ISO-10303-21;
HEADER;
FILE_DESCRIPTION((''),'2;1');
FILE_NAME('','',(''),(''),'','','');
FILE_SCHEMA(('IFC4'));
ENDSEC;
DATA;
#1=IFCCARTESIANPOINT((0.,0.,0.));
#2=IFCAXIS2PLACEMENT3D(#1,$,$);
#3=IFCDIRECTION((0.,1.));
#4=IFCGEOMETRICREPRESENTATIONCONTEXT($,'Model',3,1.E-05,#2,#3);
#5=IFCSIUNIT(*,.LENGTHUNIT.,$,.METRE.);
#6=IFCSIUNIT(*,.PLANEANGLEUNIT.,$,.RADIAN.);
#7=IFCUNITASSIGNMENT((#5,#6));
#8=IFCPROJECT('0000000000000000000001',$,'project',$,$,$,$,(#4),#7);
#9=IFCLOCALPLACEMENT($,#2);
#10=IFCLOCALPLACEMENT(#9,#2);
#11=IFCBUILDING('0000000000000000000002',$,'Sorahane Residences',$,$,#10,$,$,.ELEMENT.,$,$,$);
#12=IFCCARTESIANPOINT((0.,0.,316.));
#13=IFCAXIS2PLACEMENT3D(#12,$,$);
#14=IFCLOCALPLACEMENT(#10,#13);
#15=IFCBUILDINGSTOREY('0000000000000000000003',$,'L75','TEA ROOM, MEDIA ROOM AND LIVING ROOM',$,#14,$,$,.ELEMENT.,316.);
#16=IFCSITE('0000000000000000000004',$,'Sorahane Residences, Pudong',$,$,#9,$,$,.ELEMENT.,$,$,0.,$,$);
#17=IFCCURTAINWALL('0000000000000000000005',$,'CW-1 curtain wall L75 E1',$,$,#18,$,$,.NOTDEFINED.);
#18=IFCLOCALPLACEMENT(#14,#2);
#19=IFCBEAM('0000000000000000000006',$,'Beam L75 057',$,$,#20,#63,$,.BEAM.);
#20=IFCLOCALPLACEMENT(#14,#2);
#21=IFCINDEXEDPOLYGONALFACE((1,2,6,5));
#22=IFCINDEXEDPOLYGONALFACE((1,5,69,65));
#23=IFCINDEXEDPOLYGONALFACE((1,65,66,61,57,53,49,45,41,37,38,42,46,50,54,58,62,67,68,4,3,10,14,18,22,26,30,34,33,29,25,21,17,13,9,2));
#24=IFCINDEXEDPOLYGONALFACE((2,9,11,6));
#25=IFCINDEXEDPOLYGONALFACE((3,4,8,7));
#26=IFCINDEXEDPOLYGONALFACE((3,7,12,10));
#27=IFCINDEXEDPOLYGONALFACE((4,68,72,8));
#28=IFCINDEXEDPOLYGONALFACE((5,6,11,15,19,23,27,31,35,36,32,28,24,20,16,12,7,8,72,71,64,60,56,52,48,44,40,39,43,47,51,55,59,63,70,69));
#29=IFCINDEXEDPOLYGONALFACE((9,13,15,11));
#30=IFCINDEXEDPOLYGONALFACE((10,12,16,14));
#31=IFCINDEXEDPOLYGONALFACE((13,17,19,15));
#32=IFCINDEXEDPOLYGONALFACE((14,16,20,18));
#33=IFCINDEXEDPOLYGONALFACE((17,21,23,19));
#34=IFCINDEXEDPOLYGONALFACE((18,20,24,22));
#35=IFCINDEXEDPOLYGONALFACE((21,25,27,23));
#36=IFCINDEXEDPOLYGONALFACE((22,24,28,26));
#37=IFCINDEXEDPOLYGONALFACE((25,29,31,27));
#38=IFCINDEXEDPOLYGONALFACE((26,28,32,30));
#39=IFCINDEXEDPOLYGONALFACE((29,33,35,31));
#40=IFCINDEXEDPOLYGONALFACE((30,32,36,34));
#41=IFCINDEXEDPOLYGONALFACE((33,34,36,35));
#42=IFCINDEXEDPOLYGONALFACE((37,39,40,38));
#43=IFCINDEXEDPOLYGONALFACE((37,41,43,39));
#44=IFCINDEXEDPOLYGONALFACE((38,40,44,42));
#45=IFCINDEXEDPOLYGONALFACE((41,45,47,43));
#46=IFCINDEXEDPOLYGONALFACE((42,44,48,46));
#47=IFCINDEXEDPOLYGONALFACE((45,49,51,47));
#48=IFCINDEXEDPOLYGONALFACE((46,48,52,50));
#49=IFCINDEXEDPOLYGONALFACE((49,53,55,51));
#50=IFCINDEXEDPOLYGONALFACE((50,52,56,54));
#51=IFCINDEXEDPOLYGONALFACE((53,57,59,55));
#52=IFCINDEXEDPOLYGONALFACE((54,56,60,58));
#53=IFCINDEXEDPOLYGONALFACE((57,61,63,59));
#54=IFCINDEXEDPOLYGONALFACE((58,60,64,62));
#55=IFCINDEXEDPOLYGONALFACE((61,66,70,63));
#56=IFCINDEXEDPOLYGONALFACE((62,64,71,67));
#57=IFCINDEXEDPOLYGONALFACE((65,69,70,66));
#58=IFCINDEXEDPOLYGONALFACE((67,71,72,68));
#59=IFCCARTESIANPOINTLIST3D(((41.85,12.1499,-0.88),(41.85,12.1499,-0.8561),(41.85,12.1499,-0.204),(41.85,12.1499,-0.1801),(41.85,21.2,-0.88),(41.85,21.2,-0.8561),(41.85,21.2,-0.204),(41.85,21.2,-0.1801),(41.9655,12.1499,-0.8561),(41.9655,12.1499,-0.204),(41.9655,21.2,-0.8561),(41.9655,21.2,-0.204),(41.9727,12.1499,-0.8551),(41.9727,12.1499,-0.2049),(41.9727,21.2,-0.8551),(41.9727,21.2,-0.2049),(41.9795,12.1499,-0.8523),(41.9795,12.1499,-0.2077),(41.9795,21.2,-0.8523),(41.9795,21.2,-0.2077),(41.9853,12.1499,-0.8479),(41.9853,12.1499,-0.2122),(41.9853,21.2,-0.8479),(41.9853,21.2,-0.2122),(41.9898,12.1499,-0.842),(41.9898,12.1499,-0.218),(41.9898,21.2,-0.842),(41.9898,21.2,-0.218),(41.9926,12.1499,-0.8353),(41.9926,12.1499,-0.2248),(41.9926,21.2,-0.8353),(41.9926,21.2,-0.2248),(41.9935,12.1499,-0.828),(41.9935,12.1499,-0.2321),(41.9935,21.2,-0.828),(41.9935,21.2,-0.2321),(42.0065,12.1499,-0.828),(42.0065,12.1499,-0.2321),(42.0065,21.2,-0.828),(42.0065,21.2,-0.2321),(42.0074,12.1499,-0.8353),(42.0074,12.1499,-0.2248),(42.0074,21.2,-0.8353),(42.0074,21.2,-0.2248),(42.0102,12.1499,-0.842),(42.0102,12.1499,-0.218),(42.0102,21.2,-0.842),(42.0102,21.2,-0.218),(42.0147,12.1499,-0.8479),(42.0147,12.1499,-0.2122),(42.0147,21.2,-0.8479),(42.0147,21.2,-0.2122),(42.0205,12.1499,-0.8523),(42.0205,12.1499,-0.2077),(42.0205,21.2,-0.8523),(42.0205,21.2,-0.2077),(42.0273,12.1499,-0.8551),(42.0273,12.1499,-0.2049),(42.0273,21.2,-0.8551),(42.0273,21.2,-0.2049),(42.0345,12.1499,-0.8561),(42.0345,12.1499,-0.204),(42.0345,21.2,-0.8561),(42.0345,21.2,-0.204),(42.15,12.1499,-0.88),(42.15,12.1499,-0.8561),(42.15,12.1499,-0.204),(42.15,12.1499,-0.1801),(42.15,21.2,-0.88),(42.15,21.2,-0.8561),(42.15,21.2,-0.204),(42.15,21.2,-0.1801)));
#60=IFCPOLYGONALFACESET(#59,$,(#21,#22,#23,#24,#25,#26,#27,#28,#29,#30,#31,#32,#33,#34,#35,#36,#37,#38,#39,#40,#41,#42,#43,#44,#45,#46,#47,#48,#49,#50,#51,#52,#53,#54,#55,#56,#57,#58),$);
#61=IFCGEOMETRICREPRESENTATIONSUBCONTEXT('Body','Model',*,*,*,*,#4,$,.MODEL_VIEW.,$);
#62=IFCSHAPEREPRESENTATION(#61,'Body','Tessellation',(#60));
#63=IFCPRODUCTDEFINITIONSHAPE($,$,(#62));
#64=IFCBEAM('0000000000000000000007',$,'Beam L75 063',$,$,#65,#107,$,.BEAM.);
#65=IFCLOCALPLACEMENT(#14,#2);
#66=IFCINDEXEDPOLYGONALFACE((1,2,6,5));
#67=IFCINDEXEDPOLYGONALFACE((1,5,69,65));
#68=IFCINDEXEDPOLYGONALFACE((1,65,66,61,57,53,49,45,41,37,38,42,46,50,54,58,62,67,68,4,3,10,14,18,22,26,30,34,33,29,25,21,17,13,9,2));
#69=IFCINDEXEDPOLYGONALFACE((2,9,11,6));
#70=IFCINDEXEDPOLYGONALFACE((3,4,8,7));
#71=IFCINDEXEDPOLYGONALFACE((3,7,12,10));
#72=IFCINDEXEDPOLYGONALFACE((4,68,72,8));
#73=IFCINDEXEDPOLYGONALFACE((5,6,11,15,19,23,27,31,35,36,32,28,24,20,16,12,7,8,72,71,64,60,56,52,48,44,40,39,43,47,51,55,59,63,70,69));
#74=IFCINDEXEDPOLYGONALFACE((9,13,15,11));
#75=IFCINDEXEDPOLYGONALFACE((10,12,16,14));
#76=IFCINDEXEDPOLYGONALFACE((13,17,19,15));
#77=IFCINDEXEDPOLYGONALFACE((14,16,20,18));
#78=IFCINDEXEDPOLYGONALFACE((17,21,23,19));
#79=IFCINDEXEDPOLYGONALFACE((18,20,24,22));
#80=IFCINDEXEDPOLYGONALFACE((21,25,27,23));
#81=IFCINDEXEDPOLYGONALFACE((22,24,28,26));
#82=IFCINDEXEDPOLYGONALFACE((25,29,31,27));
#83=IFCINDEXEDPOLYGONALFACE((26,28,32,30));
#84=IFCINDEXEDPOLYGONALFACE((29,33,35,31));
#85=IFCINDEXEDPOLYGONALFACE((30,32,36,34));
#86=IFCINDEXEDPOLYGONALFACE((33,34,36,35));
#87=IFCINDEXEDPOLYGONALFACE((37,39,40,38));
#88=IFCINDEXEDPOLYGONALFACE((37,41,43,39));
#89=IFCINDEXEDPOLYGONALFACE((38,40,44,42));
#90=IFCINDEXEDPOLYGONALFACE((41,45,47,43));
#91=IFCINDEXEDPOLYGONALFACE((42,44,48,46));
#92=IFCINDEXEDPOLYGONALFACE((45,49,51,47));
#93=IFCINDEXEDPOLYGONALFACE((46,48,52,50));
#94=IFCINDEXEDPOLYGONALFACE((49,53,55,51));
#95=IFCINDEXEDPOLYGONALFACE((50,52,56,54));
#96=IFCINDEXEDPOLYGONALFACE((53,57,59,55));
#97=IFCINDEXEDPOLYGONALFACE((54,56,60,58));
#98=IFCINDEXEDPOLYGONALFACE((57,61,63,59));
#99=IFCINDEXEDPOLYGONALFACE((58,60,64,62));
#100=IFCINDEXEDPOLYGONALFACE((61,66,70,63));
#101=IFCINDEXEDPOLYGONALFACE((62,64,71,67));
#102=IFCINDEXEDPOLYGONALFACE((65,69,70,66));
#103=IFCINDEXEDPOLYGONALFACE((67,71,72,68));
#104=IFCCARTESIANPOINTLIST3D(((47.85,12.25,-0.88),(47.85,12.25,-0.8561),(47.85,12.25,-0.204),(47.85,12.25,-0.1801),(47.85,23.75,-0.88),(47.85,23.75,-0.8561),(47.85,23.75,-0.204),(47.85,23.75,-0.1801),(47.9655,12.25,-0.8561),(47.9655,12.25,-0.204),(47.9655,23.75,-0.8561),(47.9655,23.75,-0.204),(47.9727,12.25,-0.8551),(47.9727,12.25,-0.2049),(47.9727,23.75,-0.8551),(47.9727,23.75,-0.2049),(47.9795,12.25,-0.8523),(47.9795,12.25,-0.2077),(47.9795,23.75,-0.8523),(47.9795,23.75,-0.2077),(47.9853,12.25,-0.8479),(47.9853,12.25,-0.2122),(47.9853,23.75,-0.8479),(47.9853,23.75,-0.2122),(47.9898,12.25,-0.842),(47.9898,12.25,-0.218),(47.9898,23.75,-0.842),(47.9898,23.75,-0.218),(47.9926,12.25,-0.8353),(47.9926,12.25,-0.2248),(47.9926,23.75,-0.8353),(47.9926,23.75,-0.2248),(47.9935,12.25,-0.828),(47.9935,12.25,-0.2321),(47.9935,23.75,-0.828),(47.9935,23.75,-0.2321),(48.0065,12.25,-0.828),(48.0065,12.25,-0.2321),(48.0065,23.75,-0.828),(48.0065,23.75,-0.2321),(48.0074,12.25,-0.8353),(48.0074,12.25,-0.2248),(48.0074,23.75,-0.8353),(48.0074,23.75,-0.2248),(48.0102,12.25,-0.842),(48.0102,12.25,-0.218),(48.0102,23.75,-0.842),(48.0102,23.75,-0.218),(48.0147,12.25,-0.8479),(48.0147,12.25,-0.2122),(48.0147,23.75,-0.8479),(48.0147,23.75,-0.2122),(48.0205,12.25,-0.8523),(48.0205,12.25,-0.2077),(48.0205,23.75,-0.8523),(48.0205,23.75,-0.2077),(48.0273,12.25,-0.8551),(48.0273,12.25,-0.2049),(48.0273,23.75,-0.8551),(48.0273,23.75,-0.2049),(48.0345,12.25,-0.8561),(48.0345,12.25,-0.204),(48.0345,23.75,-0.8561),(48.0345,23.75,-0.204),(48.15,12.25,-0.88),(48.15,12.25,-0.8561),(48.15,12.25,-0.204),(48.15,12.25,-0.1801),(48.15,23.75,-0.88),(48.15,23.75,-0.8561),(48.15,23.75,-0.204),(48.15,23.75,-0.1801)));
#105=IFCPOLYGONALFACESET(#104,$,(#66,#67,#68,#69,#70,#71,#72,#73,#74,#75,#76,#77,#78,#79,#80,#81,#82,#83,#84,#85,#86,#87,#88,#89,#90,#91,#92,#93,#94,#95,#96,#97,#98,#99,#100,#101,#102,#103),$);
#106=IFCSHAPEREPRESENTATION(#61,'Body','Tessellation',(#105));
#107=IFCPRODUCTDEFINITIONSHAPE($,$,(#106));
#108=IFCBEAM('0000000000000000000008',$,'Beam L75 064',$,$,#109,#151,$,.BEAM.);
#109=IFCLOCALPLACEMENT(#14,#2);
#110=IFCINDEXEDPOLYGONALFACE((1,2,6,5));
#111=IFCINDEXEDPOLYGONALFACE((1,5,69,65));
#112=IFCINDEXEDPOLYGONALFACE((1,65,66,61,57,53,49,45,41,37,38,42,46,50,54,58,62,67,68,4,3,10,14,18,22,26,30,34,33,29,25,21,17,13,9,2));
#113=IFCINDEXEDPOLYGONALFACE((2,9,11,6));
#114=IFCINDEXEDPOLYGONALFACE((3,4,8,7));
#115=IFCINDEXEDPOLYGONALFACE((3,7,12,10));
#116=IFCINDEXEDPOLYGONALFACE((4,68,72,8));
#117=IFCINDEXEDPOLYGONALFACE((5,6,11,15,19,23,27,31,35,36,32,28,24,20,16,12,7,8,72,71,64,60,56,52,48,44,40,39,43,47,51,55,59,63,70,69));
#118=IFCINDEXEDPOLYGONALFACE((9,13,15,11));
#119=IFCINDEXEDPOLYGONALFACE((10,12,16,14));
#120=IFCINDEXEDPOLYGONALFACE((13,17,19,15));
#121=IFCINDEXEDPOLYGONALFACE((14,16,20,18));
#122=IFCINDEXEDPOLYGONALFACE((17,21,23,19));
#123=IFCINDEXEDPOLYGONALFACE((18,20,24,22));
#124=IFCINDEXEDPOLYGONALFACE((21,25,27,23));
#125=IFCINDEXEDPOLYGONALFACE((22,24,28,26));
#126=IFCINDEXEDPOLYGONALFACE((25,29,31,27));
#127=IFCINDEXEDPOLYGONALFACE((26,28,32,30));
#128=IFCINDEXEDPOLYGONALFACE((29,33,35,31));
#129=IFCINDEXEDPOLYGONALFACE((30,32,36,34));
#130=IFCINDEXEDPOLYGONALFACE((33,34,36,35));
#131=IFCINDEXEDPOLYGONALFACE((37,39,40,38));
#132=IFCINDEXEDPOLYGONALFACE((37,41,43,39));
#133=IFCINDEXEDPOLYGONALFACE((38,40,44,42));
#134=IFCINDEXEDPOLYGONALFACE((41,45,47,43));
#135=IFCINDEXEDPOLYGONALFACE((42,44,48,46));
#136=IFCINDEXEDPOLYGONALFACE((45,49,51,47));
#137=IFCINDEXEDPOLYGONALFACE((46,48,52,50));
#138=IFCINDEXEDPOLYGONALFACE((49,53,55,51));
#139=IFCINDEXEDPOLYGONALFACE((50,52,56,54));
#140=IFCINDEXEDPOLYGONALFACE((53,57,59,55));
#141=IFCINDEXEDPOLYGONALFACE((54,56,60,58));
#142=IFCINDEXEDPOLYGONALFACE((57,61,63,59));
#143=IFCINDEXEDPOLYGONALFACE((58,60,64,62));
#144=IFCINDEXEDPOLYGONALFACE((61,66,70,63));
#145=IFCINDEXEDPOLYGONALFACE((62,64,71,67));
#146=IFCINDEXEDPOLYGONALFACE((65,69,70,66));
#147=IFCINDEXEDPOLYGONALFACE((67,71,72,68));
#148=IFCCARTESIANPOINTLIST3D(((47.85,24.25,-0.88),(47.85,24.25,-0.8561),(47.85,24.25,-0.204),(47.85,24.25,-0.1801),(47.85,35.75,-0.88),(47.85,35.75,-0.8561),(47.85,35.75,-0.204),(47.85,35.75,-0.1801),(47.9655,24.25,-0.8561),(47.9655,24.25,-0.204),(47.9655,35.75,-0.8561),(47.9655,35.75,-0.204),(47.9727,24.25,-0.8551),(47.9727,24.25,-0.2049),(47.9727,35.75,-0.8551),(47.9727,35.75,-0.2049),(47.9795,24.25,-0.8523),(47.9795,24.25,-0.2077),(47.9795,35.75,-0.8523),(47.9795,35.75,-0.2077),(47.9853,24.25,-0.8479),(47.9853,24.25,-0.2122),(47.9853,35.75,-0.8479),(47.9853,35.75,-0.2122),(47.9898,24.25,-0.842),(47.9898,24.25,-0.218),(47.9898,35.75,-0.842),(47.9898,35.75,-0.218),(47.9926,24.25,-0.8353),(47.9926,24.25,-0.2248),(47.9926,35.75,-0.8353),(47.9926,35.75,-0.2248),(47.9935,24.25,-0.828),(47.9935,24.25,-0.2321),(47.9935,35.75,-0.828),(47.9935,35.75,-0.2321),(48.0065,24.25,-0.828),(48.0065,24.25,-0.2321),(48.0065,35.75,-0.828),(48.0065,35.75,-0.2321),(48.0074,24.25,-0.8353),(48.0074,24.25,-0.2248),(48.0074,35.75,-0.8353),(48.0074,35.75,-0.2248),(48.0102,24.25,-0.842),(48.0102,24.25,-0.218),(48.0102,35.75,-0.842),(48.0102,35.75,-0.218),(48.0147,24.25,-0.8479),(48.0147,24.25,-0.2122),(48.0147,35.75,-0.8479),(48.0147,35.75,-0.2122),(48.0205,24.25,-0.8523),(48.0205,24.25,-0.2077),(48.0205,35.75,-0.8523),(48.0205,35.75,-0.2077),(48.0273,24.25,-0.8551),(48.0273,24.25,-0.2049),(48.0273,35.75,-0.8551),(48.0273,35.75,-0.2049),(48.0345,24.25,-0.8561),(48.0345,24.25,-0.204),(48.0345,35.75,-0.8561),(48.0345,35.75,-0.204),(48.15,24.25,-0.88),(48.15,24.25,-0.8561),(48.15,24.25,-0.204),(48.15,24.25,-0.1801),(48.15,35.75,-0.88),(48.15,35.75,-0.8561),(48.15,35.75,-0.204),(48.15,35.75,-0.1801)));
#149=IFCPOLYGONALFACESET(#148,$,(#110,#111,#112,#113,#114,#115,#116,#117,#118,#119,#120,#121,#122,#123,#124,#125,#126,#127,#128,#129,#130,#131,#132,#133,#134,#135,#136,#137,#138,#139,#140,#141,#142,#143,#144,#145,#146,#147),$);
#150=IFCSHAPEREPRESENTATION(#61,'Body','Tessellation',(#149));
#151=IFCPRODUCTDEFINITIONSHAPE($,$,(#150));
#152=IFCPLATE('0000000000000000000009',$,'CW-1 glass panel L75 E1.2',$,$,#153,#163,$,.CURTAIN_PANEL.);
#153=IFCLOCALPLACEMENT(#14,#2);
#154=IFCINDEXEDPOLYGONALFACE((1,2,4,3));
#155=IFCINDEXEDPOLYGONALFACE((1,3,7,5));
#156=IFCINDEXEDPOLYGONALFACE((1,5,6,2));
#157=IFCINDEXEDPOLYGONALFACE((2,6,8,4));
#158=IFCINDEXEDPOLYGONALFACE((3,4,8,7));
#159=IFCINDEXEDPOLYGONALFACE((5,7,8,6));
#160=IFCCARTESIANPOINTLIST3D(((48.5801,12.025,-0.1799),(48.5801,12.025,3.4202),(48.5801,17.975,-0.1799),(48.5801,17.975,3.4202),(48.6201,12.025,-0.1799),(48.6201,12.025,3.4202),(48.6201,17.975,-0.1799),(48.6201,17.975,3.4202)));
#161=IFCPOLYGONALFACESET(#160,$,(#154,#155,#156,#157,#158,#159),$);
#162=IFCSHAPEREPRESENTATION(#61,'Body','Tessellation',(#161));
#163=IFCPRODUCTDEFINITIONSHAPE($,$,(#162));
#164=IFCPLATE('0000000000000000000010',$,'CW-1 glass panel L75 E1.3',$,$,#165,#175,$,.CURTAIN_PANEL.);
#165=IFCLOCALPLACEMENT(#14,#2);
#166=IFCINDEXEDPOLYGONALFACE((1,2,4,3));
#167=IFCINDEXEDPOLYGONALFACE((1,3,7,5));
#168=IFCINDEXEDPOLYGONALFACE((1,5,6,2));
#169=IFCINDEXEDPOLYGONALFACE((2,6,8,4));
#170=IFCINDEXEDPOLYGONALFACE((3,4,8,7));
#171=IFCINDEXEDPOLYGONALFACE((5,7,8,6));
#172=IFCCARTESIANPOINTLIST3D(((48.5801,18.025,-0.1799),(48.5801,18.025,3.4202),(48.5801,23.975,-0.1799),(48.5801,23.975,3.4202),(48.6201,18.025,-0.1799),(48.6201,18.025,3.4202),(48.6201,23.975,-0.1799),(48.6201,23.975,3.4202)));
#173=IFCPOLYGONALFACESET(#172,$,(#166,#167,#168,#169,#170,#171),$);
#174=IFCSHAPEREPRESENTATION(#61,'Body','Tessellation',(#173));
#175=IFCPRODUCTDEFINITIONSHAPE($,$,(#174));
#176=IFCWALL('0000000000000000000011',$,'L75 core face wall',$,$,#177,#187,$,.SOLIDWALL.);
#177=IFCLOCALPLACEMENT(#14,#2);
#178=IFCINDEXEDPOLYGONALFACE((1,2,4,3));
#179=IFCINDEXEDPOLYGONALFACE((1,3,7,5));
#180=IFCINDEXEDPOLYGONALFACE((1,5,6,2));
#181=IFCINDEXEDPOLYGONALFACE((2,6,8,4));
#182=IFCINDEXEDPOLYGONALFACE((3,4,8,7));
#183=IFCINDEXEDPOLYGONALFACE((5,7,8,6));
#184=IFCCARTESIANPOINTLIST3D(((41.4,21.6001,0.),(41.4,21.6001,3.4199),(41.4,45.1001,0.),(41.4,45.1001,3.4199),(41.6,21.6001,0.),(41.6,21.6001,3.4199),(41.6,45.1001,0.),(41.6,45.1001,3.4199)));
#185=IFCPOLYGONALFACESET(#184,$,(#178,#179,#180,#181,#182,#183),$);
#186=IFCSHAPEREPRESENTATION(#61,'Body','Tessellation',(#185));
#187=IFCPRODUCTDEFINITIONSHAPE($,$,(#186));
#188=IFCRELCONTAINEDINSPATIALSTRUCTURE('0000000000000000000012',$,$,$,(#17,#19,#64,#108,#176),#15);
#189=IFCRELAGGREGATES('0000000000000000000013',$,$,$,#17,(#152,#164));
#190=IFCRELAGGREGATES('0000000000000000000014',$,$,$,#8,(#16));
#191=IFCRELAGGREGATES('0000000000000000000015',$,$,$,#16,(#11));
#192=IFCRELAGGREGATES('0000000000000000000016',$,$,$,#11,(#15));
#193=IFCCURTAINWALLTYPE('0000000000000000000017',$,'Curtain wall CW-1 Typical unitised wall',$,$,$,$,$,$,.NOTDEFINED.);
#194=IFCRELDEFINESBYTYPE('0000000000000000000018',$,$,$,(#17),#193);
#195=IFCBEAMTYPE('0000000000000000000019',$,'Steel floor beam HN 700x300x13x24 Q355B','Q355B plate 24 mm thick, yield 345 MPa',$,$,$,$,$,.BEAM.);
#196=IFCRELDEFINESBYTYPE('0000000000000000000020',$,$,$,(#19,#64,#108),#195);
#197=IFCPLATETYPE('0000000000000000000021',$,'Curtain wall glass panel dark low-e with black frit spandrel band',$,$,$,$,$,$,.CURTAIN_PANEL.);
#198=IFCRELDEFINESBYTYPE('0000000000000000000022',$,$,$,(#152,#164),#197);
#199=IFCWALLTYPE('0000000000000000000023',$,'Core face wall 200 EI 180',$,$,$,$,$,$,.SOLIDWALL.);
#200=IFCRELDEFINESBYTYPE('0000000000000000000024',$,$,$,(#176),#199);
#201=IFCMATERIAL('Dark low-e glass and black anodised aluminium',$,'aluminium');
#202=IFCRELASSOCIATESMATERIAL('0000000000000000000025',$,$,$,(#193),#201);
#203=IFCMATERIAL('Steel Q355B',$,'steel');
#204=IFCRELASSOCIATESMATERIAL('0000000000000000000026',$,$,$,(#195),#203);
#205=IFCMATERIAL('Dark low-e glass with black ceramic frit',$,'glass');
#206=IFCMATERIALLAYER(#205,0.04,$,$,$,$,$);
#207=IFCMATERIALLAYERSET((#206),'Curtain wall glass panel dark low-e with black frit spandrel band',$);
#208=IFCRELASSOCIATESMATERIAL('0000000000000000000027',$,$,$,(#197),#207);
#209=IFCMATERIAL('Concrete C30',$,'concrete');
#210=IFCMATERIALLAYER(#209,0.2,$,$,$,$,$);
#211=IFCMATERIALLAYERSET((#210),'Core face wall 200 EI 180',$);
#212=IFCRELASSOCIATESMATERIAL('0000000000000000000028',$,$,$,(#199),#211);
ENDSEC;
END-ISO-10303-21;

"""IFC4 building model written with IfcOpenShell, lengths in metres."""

from ifc_helpers import new_model, si_unit, direction, frame, frame_2d, origin, origin_2d, place, context, subcontext, project, spatial, rectangle, i_section, extrude, material, layer, layer_set, material_profile, profile_set, type_object, element, aggregate, save


model = new_model("IFC4")

# Units and contexts
model_context = context("Model", 3, precision=1e-05, world=origin(), true_north=direction((0.0, 1.0)))
body_context = subcontext(model_context, "Body", "Model", "MODEL_VIEW")
ifc_project = project(units=[si_unit("LENGTHUNIT", "METRE"), si_unit("PLANEANGLEUNIT", "RADIAN")], contexts=[model_context])

# Site, building, storey
site_placement = place(None, origin())
site = spatial("IfcSite", under=ifc_project, at=site_placement, Name="Sorahane Residences, Pudong", CompositionType="ELEMENT", RefElevation=0.0)
building_placement = place(site_placement, origin())
building = spatial("IfcBuilding", under=site, at=building_placement, Name="Sorahane Residences", CompositionType="ELEMENT")
storey_placement = place(building_placement, frame((0.0, 0.0, 316.0)))
storey = spatial("IfcBuildingStorey", under=building, at=storey_placement, Name="L75", Description="TEA ROOM, MEDIA ROOM AND LIVING ROOM", CompositionType="ELEMENT", Elevation=316.0)

# Curtain wall
ifc_material_1 = material(Name="Dark low-e glass and black anodised aluminium", Category="aluminium")
curtain_wall_type = type_object("IfcCurtainWallType", Name="Curtain wall CW-1 Typical unitised wall", PredefinedType="NOTDEFINED", material=ifc_material_1)
curtain_wall_placement = place(storey_placement, origin())
curtain_wall = element("IfcCurtainWall", 1, at=curtain_wall_placement, inside=storey, type_object=curtain_wall_type, Name="CW-1 curtain wall L75 E1", PredefinedType="NOTDEFINED")

# Beams
ifc_material_2 = material(Name="Steel Q355B", Category="steel")
ifc_material_profile_1 = material_profile(ifc_material_2, i_section(OverallWidth=0.3, OverallDepth=0.7, WebThickness=0.0129, FlangeThickness=0.0239, FilletRadius=0.0281, at=origin_2d()), Name="HN 700x300x13x24")
ifc_profile_set_1 = profile_set([ifc_material_profile_1], Name="Steel Q355B")
beam_type_1 = type_object("IfcBeamType", Name="Steel floor beam HN 700x300x13x24 Q355B", Description="Q355B plate 24 mm thick, yield 345 MPa", PredefinedType="BEAM", material=ifc_profile_set_1)
beam_1_placement = place(storey_placement, frame((42.0, 12.1499, -0.53), z_axis=(0.0, 1.0, 0.0), x_axis=(-1.0, 0.0, 0.0)))
element("IfcBeam", 2, at=beam_1_placement, inside=storey, type_object=beam_type_1, Name="Beam L75 057", PredefinedType="BEAM", context=body_context, shape_type="SweptSolid", body=[
    extrude(i_section(OverallWidth=0.3, OverallDepth=0.7, WebThickness=0.0129, FlangeThickness=0.0239, FilletRadius=0.0281, at=origin_2d()), origin(), (0.0, 0.0, 1.0), 9.05),
])
for number, where, z_axis, x_axis, name in (
    (3, (48.0, 12.25, -0.53), (0.0, 1.0, 0.0), (-1.0, 0.0, 0.0), "Beam L75 063"),
    (4, (48.0, 24.25, -0.53), (0.0, 1.0, 0.0), (-1.0, 0.0, 0.0), "Beam L75 064"),
):
    element("IfcBeam", number, at=place(storey_placement, frame(where, z_axis=z_axis, x_axis=x_axis)), inside=storey, type_object=beam_type_1, Name=name, PredefinedType="BEAM", context=body_context, shape_type="SweptSolid", body=[
        extrude(i_section(OverallWidth=0.3, OverallDepth=0.7, WebThickness=0.0129, FlangeThickness=0.0239, FilletRadius=0.0281, at=origin_2d()), origin(), (0.0, 0.0, 1.0), 11.5),
    ])

# Plates
ifc_material_3 = material(Name="Dark low-e glass with black ceramic frit", Category="glass")
ifc_layer_1 = layer(ifc_material_3, 0.04)
ifc_layer_set_1 = layer_set([ifc_layer_1], Name="Curtain wall glass panel dark low-e with black frit spandrel band")
plate_type = type_object("IfcPlateType", Name="Curtain wall glass panel dark low-e with black frit spandrel band", PredefinedType="CURTAIN_PANEL", material=ifc_layer_set_1)
plate_1_placement = place(storey_placement, frame((48.6001, 15.0, -0.1799), z_axis=(0.0, 0.0, 1.0), x_axis=(0.0, 1.0, 0.0)))
plate_1 = element("IfcPlate", 5, at=plate_1_placement, type_object=plate_type, Name="CW-1 glass panel L75 E1.2", PredefinedType="CURTAIN_PANEL", context=body_context, shape_type="SweptSolid", body=[
    extrude(rectangle(XDim=5.95, YDim=0.04, at=origin_2d()), origin(), (0.0, 0.0, 1.0), 3.6001),
])
plate_2_placement = place(storey_placement, frame((48.6001, 21.0, -0.1799), z_axis=(0.0, 0.0, 1.0), x_axis=(0.0, 1.0, 0.0)))
plate_2 = element("IfcPlate", 6, at=plate_2_placement, type_object=plate_type, Name="CW-1 glass panel L75 E1.3", PredefinedType="CURTAIN_PANEL", context=body_context, shape_type="SweptSolid", body=[
    extrude(rectangle(XDim=5.95, YDim=0.04, at=origin_2d()), origin(), (0.0, 0.0, 1.0), 3.6001),
])
aggregate(curtain_wall, [plate_1, plate_2])

# Wall
ifc_material_4 = material(Name="Concrete C30", Category="concrete")
ifc_layer_2 = layer(ifc_material_4, 0.2)
ifc_layer_set_2 = layer_set([ifc_layer_2], Name="Core face wall 200 EI 180")
wall_type_1 = type_object("IfcWallType", Name="Core face wall 200 EI 180", PredefinedType="SOLIDWALL", material=ifc_layer_set_2)
wall_1_placement = place(storey_placement, frame((41.5, 21.6001, 0.0), z_axis=(0.0, 0.0, 1.0), x_axis=(0.0, 1.0, 0.0)))
element("IfcWall", 7, at=wall_1_placement, inside=storey, type_object=wall_type_1, Name="L75 core face wall", PredefinedType="SOLIDWALL", context=body_context, shape_type="SweptSolid", body=[
    extrude(rectangle(XDim=23.5, YDim=0.2, at=frame_2d((11.75, 0.0))), origin(), (0.0, 0.0, 1.0), 3.4199),
])

save(model, "model.ifc")
